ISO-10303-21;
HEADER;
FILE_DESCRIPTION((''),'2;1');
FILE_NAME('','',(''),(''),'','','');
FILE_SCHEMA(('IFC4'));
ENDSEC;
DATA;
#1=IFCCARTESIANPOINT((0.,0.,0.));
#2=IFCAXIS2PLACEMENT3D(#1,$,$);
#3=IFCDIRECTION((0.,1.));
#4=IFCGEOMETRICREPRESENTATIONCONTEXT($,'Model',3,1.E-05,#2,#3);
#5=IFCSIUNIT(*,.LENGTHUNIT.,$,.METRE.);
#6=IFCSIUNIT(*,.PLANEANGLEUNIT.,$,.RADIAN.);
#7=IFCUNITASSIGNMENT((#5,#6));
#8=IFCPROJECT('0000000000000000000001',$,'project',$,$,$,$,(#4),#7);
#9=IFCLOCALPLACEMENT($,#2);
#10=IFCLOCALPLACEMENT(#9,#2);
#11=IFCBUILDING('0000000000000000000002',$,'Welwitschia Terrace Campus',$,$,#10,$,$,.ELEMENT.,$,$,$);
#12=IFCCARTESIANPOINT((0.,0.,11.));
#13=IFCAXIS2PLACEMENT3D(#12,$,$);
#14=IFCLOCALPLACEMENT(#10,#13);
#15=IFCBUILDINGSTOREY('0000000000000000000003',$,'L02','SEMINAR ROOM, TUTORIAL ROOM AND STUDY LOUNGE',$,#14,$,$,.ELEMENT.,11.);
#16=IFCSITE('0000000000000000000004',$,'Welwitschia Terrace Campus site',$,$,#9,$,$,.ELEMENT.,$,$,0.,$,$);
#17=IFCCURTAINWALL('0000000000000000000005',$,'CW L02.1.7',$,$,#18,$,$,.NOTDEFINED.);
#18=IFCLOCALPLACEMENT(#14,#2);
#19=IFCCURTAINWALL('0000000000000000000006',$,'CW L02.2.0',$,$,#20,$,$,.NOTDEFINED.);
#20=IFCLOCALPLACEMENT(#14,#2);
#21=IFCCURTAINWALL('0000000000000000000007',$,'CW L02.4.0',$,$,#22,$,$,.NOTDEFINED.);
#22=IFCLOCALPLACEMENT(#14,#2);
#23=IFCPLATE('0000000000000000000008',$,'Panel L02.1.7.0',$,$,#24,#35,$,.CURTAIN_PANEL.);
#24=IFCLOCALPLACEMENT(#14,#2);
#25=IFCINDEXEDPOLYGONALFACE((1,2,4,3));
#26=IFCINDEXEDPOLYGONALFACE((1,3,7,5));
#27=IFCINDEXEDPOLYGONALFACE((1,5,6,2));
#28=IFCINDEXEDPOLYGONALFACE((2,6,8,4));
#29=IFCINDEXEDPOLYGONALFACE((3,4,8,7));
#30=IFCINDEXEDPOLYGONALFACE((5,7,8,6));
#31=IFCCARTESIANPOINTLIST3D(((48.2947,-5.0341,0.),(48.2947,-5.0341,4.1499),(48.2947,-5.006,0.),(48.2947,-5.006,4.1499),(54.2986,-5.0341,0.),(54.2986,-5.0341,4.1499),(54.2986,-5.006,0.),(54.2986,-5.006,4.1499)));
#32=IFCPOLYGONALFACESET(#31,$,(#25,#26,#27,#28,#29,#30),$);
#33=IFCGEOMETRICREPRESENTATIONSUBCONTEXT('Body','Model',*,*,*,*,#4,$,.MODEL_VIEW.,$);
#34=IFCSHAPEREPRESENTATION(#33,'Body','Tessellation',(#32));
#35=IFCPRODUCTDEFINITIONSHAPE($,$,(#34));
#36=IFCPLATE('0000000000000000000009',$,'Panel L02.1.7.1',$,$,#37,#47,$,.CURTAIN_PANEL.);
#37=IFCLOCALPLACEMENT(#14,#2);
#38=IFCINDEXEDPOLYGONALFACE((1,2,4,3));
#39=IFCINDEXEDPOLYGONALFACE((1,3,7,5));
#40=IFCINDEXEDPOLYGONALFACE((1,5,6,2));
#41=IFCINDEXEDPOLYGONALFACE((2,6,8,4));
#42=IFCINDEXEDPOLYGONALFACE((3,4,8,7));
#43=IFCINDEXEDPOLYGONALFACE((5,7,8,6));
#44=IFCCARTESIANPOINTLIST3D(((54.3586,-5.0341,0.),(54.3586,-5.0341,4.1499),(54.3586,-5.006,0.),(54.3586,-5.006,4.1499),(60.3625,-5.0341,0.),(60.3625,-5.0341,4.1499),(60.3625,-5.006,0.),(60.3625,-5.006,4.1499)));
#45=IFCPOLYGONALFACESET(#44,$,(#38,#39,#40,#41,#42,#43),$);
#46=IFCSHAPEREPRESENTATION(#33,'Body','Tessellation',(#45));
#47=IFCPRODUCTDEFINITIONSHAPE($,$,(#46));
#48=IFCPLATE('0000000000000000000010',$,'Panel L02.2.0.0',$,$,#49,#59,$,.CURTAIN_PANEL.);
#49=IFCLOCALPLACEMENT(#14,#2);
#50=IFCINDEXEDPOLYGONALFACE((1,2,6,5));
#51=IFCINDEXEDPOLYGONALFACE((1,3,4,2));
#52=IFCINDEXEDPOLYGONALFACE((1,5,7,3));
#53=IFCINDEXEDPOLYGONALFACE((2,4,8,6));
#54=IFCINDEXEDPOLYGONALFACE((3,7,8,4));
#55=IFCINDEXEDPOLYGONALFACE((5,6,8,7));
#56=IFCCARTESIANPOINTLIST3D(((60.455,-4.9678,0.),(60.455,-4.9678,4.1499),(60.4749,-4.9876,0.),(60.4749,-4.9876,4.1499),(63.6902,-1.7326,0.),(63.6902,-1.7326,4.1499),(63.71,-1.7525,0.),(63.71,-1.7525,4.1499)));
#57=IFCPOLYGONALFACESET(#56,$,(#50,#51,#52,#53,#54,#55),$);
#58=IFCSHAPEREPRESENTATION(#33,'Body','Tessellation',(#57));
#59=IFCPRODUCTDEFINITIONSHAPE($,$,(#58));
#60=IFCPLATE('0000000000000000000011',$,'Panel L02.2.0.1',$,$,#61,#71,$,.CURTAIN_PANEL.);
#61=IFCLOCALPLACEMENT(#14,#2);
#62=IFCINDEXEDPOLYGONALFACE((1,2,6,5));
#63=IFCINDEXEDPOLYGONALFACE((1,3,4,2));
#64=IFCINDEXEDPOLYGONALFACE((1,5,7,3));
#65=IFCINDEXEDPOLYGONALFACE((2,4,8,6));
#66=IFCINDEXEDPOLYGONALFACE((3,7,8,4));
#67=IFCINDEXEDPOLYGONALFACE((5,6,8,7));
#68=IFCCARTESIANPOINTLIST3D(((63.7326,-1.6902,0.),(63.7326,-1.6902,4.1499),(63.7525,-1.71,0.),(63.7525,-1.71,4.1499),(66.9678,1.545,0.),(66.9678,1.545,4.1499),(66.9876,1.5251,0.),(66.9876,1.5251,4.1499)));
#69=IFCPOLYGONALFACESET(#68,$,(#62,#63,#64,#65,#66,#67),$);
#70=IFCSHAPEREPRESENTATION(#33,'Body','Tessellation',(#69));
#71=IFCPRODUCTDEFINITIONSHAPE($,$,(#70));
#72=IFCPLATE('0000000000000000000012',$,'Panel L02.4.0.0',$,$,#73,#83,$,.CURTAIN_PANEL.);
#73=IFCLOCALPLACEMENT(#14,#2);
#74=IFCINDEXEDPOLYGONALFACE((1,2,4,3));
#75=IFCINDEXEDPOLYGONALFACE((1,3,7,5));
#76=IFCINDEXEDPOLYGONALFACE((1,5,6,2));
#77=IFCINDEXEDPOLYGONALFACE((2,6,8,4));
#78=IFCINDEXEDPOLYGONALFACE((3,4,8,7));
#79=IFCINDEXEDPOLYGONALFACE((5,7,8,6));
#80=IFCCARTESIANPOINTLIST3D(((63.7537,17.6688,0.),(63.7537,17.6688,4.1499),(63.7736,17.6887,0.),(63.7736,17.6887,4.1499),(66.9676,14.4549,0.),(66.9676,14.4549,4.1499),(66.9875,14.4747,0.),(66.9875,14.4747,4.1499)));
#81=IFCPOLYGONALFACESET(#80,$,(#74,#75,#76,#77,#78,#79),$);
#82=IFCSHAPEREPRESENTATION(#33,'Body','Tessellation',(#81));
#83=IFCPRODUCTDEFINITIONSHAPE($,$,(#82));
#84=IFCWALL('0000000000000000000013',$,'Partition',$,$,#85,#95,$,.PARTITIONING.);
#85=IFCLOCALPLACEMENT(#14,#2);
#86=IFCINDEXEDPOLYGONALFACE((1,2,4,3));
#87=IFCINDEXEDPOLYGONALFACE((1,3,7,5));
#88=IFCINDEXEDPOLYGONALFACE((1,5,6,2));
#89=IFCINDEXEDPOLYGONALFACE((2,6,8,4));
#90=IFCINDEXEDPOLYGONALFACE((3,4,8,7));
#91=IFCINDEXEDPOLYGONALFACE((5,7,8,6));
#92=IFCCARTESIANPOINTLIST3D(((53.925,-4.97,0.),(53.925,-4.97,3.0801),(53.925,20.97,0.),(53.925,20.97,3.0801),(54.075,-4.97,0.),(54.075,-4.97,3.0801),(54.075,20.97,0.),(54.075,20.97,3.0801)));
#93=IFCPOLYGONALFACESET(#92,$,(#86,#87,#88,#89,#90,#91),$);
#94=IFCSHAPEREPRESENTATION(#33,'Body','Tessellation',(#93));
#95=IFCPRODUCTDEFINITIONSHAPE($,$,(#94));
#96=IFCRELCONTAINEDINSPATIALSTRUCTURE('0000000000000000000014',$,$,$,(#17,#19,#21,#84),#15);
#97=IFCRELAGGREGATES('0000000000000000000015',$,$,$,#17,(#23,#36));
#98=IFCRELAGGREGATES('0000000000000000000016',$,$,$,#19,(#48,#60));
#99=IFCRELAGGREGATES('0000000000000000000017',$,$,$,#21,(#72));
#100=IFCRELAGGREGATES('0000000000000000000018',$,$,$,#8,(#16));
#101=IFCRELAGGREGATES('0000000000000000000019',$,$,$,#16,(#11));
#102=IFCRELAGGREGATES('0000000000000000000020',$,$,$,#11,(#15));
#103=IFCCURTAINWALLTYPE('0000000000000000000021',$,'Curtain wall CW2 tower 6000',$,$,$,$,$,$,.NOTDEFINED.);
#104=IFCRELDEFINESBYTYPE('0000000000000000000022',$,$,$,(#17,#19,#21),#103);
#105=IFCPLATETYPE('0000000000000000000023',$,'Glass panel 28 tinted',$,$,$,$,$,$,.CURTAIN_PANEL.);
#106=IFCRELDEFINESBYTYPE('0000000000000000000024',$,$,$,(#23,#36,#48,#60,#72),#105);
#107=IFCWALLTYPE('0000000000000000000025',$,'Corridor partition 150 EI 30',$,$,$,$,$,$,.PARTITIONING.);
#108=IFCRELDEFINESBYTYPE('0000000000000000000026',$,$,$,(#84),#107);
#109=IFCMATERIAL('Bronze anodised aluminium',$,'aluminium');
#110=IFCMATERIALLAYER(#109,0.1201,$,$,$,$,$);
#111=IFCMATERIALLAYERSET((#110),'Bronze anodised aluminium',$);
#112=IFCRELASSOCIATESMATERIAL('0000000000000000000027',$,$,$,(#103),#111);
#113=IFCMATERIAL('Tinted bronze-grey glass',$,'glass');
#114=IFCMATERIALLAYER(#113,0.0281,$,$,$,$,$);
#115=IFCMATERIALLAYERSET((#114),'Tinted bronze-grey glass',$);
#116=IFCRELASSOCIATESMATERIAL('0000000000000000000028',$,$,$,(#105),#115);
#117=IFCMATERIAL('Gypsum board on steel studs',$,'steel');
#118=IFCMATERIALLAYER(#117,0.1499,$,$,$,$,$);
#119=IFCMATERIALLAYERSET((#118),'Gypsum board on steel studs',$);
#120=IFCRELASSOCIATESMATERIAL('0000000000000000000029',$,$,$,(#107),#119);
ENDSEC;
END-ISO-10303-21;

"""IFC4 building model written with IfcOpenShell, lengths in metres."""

from ifc_helpers import new_model, si_unit, direction, frame, frame_2d, origin, origin_2d, place, context, subcontext, project, spatial, rectangle, extrude, material, layer, layer_set, type_object, element, aggregate, save


model = new_model("IFC4")

# Units and contexts
model_context = context("Model", 3, precision=1e-05, world=origin(), true_north=direction((0.0, 1.0)))
body_context = subcontext(model_context, "Body", "Model", "MODEL_VIEW")
ifc_project = project(units=[si_unit("LENGTHUNIT", "METRE"), si_unit("PLANEANGLEUNIT", "RADIAN")], contexts=[model_context])

# Site, building, storey
site_placement = place(None, origin())
site = spatial("IfcSite", under=ifc_project, at=site_placement, Name="Welwitschia Terrace Campus site", CompositionType="ELEMENT", RefElevation=0.0)
building_placement = place(site_placement, origin())
building = spatial("IfcBuilding", under=site, at=building_placement, Name="Welwitschia Terrace Campus", CompositionType="ELEMENT")
storey_placement = place(building_placement, frame((0.0, 0.0, 11.0)))
storey = spatial("IfcBuildingStorey", under=building, at=storey_placement, Name="L02", Description="SEMINAR ROOM, TUTORIAL ROOM AND STUDY LOUNGE", CompositionType="ELEMENT", Elevation=11.0)

# Curtain walls
ifc_material_1 = material(Name="Bronze anodised aluminium", Category="aluminium")
ifc_layer_1 = layer(ifc_material_1, 0.1201)
ifc_layer_set_1 = layer_set([ifc_layer_1], Name="Bronze anodised aluminium")
curtain_wall_type = type_object("IfcCurtainWallType", Name="Curtain wall CW2 tower 6000", PredefinedType="NOTDEFINED", material=ifc_layer_set_1)
curtain_wall_1_placement = place(storey_placement, origin())
curtain_wall_1 = element("IfcCurtainWall", 1, at=curtain_wall_1_placement, inside=storey, type_object=curtain_wall_type, Name="CW L02.1.7", PredefinedType="NOTDEFINED")
curtain_wall_2_placement = place(storey_placement, origin())
curtain_wall_2 = element("IfcCurtainWall", 2, at=curtain_wall_2_placement, inside=storey, type_object=curtain_wall_type, Name="CW L02.2.0", PredefinedType="NOTDEFINED")

# Curtain wall
curtain_wall_3_placement = place(storey_placement, origin())
curtain_wall_3 = element("IfcCurtainWall", 3, at=curtain_wall_3_placement, inside=storey, type_object=curtain_wall_type, Name="CW L02.4.0", PredefinedType="NOTDEFINED")

# Plates
ifc_material_2 = material(Name="Tinted bronze-grey glass", Category="glass")
ifc_layer_2 = layer(ifc_material_2, 0.0281)
ifc_layer_set_2 = layer_set([ifc_layer_2], Name="Tinted bronze-grey glass")
plate_type = type_object("IfcPlateType", Name="Glass panel 28 tinted", PredefinedType="CURTAIN_PANEL", material=ifc_layer_set_2)
plate_1_placement = place(storey_placement, frame((51.2966, -5.02, 0.0), z_axis=(0.0, 0.0, 1.0), x_axis=(1.0, 0.0, 0.0)))
plate_1 = element("IfcPlate", 4, at=plate_1_placement, type_object=plate_type, Name="Panel L02.1.7.0", PredefinedType="CURTAIN_PANEL", context=body_context, shape_type="SweptSolid", body=[
    extrude(rectangle(XDim=6.0039, YDim=0.0281, at=origin_2d()), origin(), (0.0, 0.0, 1.0), 4.1499),
])
plate_2_placement = place(storey_placement, frame((57.3606, -5.02, 0.0), z_axis=(0.0, 0.0, 1.0), x_axis=(1.0, 0.0, 0.0)))
plate_2 = element("IfcPlate", 5, at=plate_2_placement, type_object=plate_type, Name="Panel L02.1.7.1", PredefinedType="CURTAIN_PANEL", context=body_context, shape_type="SweptSolid", body=[
    extrude(rectangle(XDim=6.0039, YDim=0.0281, at=origin_2d()), origin(), (0.0, 0.0, 1.0), 4.1499),
])
aggregate(curtain_wall_1, [plate_1, plate_2])
plate_3_placement = place(storey_placement, frame((62.0825, -3.3601, 0.0), z_axis=(0.0, 0.0, 1.0), x_axis=(0.707107, 0.707107, 0.0)))
plate_3 = element("IfcPlate", 6, at=plate_3_placement, type_object=plate_type, Name="Panel L02.2.0.0", PredefinedType="CURTAIN_PANEL", context=body_context, shape_type="SweptSolid", body=[
    extrude(rectangle(XDim=4.5752, YDim=0.0281, at=origin_2d()), origin(), (0.0, 0.0, 1.0), 4.1499),
])
plate_4_placement = place(storey_placement, frame((65.3601, -0.0825, 0.0), z_axis=(0.0, 0.0, 1.0), x_axis=(0.707107, 0.707107, 0.0)))
plate_4 = element("IfcPlate", 7, at=plate_4_placement, type_object=plate_type, Name="Panel L02.2.0.1", PredefinedType="CURTAIN_PANEL", context=body_context, shape_type="SweptSolid", body=[
    extrude(rectangle(XDim=4.5752, YDim=0.0281, at=origin_2d()), origin(), (0.0, 0.0, 1.0), 4.1499),
])
aggregate(curtain_wall_2, [plate_3, plate_4])
plate_5_placement = place(storey_placement, frame((65.3706, 16.0718, 0.0), z_axis=(0.0, 0.0, 1.0), x_axis=(-0.707107, 0.707107, 0.0)))
plate_5 = element("IfcPlate", 8, at=plate_5_placement, type_object=plate_type, Name="Panel L02.4.0.0", PredefinedType="CURTAIN_PANEL", context=body_context, shape_type="SweptSolid", body=[
    extrude(rectangle(XDim=4.5452, YDim=0.0281, at=origin_2d()), origin(), (0.0, 0.0, 1.0), 4.1499),
])
aggregate(curtain_wall_3, [plate_5])

# Wall
ifc_material_3 = material(Name="Gypsum board on steel studs", Category="steel")
ifc_layer_3 = layer(ifc_material_3, 0.1499)
ifc_layer_set_3 = layer_set([ifc_layer_3], Name="Gypsum board on steel studs")
wall_type_1 = type_object("IfcWallType", Name="Corridor partition 150 EI 30", PredefinedType="PARTITIONING", material=ifc_layer_set_3)
wall_1_placement = place(storey_placement, frame((54.0, -4.97, 0.0), z_axis=(0.0, 0.0, 1.0), x_axis=(0.0, 1.0, 0.0)))
element("IfcWall", 9, at=wall_1_placement, inside=storey, type_object=wall_type_1, Name="Partition", PredefinedType="PARTITIONING", context=body_context, shape_type="SweptSolid", body=[
    extrude(rectangle(XDim=25.9399, YDim=0.1499, at=frame_2d((12.97, 0.0))), origin(), (0.0, 0.0, 1.0), 3.0801),
])

save(model, "model.ifc")
